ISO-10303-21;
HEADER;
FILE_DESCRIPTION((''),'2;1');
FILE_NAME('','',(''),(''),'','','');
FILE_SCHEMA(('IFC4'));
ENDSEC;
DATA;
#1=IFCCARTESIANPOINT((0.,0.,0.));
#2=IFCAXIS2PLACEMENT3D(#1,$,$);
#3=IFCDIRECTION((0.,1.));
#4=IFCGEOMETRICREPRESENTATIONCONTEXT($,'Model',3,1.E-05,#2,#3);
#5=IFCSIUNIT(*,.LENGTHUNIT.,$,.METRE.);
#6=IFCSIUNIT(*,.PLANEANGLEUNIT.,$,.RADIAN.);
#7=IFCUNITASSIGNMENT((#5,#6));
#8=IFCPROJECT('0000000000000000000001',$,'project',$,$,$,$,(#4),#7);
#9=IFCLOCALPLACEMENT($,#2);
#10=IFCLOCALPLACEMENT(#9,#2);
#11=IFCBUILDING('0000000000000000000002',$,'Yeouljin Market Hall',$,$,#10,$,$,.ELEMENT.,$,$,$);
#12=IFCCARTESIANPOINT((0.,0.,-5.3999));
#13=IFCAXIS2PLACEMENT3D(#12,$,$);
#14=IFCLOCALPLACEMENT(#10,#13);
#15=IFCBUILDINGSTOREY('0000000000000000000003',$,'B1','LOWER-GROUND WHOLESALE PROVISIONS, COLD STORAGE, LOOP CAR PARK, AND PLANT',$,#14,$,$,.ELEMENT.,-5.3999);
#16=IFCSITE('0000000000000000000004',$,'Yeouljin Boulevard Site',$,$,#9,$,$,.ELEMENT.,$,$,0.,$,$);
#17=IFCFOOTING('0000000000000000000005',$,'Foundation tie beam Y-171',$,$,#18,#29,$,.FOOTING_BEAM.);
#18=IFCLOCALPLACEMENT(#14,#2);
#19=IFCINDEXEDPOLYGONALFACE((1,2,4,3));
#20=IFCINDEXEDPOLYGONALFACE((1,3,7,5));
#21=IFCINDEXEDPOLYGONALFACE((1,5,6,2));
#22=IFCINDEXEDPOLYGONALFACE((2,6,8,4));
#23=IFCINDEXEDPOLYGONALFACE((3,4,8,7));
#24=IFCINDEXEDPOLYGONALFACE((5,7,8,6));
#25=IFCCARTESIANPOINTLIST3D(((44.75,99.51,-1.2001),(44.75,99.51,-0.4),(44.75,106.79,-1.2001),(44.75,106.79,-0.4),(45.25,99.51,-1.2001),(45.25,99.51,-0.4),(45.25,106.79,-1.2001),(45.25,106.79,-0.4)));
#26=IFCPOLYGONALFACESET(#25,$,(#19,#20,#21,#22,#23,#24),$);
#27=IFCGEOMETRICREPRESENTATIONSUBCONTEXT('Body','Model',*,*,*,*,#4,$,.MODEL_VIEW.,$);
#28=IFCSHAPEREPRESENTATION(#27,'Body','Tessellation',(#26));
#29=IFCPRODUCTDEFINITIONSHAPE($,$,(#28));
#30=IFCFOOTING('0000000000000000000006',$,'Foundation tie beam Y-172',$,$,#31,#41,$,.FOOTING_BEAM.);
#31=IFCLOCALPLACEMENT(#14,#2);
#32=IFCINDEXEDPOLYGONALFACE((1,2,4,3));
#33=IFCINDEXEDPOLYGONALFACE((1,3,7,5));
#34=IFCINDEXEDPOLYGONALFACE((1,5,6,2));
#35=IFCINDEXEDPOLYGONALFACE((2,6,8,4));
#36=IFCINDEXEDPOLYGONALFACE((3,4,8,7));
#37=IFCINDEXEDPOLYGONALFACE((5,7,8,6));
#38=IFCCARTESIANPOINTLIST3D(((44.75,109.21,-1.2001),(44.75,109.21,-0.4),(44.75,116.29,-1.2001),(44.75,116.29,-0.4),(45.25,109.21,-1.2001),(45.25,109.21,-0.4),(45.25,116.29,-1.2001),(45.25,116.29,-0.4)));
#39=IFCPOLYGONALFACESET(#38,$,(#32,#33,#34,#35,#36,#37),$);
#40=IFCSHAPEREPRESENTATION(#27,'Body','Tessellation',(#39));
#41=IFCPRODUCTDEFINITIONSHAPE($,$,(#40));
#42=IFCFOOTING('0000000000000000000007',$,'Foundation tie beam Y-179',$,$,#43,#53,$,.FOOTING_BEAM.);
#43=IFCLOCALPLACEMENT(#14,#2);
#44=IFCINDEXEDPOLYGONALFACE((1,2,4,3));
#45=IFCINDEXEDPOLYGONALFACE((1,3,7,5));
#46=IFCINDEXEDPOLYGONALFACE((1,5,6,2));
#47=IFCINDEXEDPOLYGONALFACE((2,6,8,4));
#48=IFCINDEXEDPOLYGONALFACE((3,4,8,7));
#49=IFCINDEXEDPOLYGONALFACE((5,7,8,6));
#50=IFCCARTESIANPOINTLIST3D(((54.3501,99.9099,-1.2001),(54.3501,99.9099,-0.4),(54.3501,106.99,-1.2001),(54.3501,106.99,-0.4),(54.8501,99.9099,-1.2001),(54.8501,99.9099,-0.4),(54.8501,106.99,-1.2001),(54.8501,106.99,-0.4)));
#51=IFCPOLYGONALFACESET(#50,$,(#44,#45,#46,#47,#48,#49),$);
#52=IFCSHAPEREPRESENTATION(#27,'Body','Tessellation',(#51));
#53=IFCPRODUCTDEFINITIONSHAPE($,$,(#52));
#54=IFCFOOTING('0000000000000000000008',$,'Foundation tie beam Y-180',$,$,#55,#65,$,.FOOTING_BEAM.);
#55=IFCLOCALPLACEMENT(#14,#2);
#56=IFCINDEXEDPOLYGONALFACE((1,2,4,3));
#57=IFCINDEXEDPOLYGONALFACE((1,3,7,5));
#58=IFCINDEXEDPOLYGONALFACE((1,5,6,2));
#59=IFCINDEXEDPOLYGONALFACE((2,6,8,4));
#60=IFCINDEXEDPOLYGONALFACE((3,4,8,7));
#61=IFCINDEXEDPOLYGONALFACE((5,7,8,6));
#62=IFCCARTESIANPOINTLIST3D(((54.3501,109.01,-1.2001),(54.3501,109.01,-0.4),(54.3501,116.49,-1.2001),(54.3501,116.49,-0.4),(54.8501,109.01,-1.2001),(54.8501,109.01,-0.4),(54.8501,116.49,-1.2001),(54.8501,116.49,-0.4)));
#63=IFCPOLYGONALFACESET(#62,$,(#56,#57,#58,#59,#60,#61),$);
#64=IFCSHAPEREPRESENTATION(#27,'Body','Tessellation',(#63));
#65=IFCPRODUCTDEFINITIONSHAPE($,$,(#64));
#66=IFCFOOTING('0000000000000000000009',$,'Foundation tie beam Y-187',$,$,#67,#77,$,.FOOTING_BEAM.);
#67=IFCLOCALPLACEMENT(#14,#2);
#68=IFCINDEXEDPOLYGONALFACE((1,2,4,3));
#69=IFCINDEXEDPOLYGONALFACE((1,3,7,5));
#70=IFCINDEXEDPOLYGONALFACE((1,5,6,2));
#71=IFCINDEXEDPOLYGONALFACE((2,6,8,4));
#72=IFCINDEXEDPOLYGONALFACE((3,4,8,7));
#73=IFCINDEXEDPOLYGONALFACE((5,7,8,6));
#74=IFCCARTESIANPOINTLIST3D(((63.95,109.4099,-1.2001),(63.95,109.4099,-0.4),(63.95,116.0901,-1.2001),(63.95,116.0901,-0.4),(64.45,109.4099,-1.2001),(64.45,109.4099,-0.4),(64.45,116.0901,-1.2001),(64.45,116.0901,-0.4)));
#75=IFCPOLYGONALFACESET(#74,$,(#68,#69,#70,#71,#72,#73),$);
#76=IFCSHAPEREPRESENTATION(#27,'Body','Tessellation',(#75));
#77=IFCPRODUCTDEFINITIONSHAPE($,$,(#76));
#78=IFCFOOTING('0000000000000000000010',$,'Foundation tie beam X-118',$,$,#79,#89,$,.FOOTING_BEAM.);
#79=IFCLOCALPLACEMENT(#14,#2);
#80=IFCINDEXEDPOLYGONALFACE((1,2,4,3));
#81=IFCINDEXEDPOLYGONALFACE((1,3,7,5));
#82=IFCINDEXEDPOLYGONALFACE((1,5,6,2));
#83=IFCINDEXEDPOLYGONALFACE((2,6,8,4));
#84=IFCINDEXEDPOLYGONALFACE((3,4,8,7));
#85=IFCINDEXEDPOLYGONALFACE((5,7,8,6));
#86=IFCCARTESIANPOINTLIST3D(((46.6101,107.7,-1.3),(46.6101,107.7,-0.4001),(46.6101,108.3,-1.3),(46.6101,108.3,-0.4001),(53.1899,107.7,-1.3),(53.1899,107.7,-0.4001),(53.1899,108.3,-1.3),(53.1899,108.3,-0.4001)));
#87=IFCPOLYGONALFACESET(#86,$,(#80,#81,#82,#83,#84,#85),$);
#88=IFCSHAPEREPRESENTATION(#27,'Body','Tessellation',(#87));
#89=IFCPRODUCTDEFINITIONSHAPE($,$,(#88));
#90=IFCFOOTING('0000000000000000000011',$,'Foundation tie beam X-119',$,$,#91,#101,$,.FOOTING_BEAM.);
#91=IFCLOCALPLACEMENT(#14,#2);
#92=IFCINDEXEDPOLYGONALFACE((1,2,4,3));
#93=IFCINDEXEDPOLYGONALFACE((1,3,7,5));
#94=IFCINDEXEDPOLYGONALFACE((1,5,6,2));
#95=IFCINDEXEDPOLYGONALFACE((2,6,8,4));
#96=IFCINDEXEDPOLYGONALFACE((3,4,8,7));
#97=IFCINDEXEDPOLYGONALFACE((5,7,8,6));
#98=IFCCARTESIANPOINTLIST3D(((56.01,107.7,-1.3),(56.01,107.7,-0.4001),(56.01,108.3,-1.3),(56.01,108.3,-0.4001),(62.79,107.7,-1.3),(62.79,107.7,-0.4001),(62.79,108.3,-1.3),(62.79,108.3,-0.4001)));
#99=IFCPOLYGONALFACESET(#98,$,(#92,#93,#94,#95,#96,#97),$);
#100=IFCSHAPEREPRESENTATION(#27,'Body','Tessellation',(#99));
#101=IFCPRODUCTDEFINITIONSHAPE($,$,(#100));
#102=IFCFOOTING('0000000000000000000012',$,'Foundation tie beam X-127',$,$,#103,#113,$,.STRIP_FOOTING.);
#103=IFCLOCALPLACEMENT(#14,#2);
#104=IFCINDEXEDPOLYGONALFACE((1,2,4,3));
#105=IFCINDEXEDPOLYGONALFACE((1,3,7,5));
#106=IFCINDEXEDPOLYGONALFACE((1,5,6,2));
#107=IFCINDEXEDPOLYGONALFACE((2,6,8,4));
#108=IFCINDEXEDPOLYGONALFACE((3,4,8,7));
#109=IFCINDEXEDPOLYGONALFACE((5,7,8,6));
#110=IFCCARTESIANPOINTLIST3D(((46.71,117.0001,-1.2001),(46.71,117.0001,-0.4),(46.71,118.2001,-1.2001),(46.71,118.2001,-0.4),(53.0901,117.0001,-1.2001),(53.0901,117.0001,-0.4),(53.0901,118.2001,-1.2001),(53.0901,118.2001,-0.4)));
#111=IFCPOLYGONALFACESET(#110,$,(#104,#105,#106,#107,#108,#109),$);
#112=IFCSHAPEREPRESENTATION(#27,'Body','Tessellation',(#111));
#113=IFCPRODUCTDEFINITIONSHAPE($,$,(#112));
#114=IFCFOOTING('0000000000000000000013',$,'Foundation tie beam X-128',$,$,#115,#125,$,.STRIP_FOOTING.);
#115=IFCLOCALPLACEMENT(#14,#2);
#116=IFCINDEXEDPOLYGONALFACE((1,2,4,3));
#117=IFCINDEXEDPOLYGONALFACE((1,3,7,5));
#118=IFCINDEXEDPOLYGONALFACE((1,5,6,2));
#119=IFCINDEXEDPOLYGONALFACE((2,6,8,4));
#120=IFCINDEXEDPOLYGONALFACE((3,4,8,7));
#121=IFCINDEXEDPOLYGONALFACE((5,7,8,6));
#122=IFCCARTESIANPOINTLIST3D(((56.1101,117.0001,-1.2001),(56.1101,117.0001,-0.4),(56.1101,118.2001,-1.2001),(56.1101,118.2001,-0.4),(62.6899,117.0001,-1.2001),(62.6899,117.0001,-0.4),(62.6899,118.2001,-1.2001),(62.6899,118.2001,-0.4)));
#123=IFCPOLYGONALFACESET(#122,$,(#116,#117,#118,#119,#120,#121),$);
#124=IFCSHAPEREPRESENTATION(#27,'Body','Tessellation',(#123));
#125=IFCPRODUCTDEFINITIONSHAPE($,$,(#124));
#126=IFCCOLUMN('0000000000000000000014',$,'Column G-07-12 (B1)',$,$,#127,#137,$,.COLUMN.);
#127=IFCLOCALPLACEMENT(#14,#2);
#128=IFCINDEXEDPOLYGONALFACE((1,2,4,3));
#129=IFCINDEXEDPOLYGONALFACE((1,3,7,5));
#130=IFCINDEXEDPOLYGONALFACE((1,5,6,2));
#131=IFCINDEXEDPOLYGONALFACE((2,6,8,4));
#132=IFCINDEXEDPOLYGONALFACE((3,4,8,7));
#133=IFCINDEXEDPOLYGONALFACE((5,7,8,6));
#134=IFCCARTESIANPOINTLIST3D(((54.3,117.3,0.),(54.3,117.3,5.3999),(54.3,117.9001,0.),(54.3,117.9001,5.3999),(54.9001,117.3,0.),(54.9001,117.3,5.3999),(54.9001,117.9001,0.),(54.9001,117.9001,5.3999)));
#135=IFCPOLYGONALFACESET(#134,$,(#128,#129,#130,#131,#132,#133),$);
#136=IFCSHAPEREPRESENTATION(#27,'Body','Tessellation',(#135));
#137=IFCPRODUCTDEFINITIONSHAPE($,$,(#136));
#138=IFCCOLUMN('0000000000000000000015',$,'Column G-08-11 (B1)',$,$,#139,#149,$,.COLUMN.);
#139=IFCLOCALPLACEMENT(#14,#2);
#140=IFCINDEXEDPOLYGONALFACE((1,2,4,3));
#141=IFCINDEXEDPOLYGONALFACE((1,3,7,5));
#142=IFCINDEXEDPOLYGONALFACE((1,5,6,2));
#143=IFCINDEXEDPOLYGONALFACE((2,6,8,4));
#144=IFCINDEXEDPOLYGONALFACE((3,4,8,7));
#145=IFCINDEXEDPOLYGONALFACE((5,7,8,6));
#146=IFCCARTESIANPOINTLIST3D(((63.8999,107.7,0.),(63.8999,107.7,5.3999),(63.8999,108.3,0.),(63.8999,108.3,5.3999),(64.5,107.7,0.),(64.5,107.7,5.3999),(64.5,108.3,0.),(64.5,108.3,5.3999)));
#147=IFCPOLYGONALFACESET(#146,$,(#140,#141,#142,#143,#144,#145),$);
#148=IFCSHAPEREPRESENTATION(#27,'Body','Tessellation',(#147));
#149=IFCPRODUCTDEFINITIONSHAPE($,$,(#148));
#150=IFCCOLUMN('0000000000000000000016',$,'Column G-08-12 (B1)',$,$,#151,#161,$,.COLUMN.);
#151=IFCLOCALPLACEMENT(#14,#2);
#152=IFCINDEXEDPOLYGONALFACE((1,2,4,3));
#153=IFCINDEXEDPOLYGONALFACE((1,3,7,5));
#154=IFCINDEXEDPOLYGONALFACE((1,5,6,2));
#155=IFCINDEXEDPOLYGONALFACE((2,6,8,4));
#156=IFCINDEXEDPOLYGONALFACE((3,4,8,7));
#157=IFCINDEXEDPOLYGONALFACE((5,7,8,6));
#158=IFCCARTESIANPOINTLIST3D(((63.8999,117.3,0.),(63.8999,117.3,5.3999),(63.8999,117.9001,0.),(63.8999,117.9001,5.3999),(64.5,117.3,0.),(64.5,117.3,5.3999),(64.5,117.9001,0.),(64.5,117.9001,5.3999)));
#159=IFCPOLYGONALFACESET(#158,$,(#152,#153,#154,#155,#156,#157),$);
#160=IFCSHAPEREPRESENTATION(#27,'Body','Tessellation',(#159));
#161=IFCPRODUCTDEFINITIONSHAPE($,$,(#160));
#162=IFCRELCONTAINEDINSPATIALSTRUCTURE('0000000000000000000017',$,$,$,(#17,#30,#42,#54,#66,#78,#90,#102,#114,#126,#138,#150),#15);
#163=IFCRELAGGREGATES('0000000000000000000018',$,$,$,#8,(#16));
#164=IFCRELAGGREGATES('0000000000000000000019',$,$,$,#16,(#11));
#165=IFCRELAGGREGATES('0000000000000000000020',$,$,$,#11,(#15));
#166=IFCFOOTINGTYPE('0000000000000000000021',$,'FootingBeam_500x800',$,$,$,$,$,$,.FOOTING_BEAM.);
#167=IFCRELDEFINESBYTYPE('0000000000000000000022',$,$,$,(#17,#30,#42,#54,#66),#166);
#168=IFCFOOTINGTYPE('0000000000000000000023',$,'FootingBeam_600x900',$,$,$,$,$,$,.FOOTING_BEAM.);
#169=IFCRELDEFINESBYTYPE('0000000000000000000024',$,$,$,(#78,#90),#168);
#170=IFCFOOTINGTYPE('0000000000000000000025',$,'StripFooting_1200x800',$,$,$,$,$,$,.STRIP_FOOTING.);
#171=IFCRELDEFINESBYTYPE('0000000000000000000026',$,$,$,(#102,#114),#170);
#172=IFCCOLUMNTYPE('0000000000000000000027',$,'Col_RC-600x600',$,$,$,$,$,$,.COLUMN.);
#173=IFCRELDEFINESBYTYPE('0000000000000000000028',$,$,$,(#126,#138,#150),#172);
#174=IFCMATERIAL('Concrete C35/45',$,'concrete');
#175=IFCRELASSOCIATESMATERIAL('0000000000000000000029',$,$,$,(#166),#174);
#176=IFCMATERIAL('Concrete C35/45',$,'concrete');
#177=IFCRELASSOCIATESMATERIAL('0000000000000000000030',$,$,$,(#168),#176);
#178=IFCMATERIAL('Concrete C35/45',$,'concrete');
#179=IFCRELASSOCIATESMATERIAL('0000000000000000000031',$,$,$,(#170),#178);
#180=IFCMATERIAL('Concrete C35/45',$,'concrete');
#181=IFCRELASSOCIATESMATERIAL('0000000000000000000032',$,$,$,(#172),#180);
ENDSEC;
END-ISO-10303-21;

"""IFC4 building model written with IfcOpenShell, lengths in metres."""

from ifc_helpers import new_model, si_unit, direction, frame, origin, origin_2d, place, context, subcontext, project, spatial, rectangle, extrude, material, material_profile, profile_set, type_object, element, save


model = new_model("IFC4")

# Units and contexts
model_context = context("Model", 3, precision=1e-05, world=origin(), true_north=direction((0.0, 1.0)))
body_context = subcontext(model_context, "Body", "Model", "MODEL_VIEW")
ifc_project = project(units=[si_unit("LENGTHUNIT", "METRE"), si_unit("PLANEANGLEUNIT", "RADIAN")], contexts=[model_context])

# Site, building, storey
site_placement = place(None, origin())
site = spatial("IfcSite", under=ifc_project, at=site_placement, Name="Yeouljin Boulevard Site", CompositionType="ELEMENT", RefElevation=0.0)
building_placement = place(site_placement, origin())
building = spatial("IfcBuilding", under=site, at=building_placement, Name="Yeouljin Market Hall", CompositionType="ELEMENT")
storey_placement = place(building_placement, frame((0.0, 0.0, -5.3999)))
storey = spatial("IfcBuildingStorey", under=building, at=storey_placement, Name="B1", Description="LOWER-GROUND WHOLESALE PROVISIONS, COLD STORAGE, LOOP CAR PARK, AND PLANT", CompositionType="ELEMENT", Elevation=-5.3999)

# Footings
ifc_material_1 = material(Name="Concrete C35/45", Category="concrete")
ifc_material_profile_1 = material_profile(ifc_material_1, rectangle(XDim=0.5, YDim=0.8, at=origin_2d()), Name="RC-500x800")
ifc_profile_set_1 = profile_set([ifc_material_profile_1], Name="Concrete C35/45")
footing_type_1 = type_object("IfcFootingType", Name="FootingBeam_500x800", PredefinedType="FOOTING_BEAM", material=ifc_profile_set_1)
footing_1_placement = place(storey_placement, frame((45.0, 99.51, -0.8), z_axis=(0.0, 1.0, 0.0), x_axis=(-1.0, 0.0, 0.0)))
element("IfcFooting", 1, at=footing_1_placement, inside=storey, type_object=footing_type_1, Name="Foundation tie beam Y-171", PredefinedType="FOOTING_BEAM", context=body_context, shape_type="SweptSolid", body=[
    extrude(rectangle(XDim=0.5, YDim=0.8, at=origin_2d()), origin(), (0.0, 0.0, 1.0), 7.28),
])
for number, where, z_axis, x_axis, name in (
    (2, (45.0, 109.21, -0.8), (0.0, 1.0, 0.0), (-1.0, 0.0, 0.0), "Foundation tie beam Y-172"),
    (3, (54.6001, 99.9099, -0.8), (0.0, 1.0, 0.0), (-1.0, 0.0, 0.0), "Foundation tie beam Y-179"),
):
    element("IfcFooting", number, at=place(storey_placement, frame(where, z_axis=z_axis, x_axis=x_axis)), inside=storey, type_object=footing_type_1, Name=name, PredefinedType="FOOTING_BEAM", context=body_context, shape_type="SweptSolid", body=[
        extrude(rectangle(XDim=0.5, YDim=0.8, at=origin_2d()), origin(), (0.0, 0.0, 1.0), 7.0801),
    ])
footing_2_placement = place(storey_placement, frame((54.6001, 109.01, -0.8), z_axis=(0.0, 1.0, 0.0), x_axis=(-1.0, 0.0, 0.0)))
element("IfcFooting", 4, at=footing_2_placement, inside=storey, type_object=footing_type_1, Name="Foundation tie beam Y-180", PredefinedType="FOOTING_BEAM", context=body_context, shape_type="SweptSolid", body=[
    extrude(rectangle(XDim=0.5, YDim=0.8, at=origin_2d()), origin(), (0.0, 0.0, 1.0), 7.48),
])
footing_3_placement = place(storey_placement, frame((64.2, 109.4099, -0.8), z_axis=(0.0, 1.0, 0.0), x_axis=(-1.0, 0.0, 0.0)))
element("IfcFooting", 5, at=footing_3_placement, inside=storey, type_object=footing_type_1, Name="Foundation tie beam Y-187", PredefinedType="FOOTING_BEAM", context=body_context, shape_type="SweptSolid", body=[
    extrude(rectangle(XDim=0.5, YDim=0.8, at=origin_2d()), origin(), (0.0, 0.0, 1.0), 6.6802),
])
ifc_material_2 = material(Name="Concrete C35/45", Category="concrete")
ifc_material_profile_2 = material_profile(ifc_material_2, rectangle(XDim=0.6001, YDim=0.8999, at=origin_2d()), Name="RC-600x900")
ifc_profile_set_2 = profile_set([ifc_material_profile_2], Name="Concrete C35/45")
footing_type_2 = type_object("IfcFootingType", Name="FootingBeam_600x900", PredefinedType="FOOTING_BEAM", material=ifc_profile_set_2)
footing_4_placement = place(storey_placement, frame((46.6101, 108.0, -0.8501), z_axis=(1.0, 0.0, 0.0), x_axis=(0.0, 1.0, 0.0)))
element("IfcFooting", 6, at=footing_4_placement, inside=storey, type_object=footing_type_2, Name="Foundation tie beam X-118", PredefinedType="FOOTING_BEAM", context=body_context, shape_type="SweptSolid", body=[
    extrude(rectangle(XDim=0.6001, YDim=0.8999, at=origin_2d()), origin(), (0.0, 0.0, 1.0), 6.5798),
])
footing_5_placement = place(storey_placement, frame((56.01, 108.0, -0.8501), z_axis=(1.0, 0.0, 0.0), x_axis=(0.0, 1.0, 0.0)))
element("IfcFooting", 7, at=footing_5_placement, inside=storey, type_object=footing_type_2, Name="Foundation tie beam X-119", PredefinedType="FOOTING_BEAM", context=body_context, shape_type="SweptSolid", body=[
    extrude(rectangle(XDim=0.6001, YDim=0.8999, at=origin_2d()), origin(), (0.0, 0.0, 1.0), 6.78),
])
ifc_material_3 = material(Name="Concrete C35/45", Category="concrete")
ifc_material_profile_3 = material_profile(ifc_material_3, rectangle(XDim=1.2, YDim=0.8, at=origin_2d()), Name="SF-1200x800")
ifc_profile_set_3 = profile_set([ifc_material_profile_3], Name="Concrete C35/45")
footing_type_3 = type_object("IfcFootingType", Name="StripFooting_1200x800", PredefinedType="STRIP_FOOTING", material=ifc_profile_set_3)
footing_6_placement = place(storey_placement, frame((46.71, 117.6001, -0.8), z_axis=(1.0, 0.0, 0.0), x_axis=(0.0, 1.0, 0.0)))
element("IfcFooting", 8, at=footing_6_placement, inside=storey, type_object=footing_type_3, Name="Foundation tie beam X-127", PredefinedType="STRIP_FOOTING", context=body_context, shape_type="SweptSolid", body=[
    extrude(rectangle(XDim=1.2, YDim=0.8, at=origin_2d()), origin(), (0.0, 0.0, 1.0), 6.3801),
])
footing_7_placement = place(storey_placement, frame((56.1101, 117.6001, -0.8), z_axis=(1.0, 0.0, 0.0), x_axis=(0.0, 1.0, 0.0)))
element("IfcFooting", 9, at=footing_7_placement, inside=storey, type_object=footing_type_3, Name="Foundation tie beam X-128", PredefinedType="STRIP_FOOTING", context=body_context, shape_type="SweptSolid", body=[
    extrude(rectangle(XDim=1.2, YDim=0.8, at=origin_2d()), origin(), (0.0, 0.0, 1.0), 6.5798),
])

# Columns
ifc_material_4 = material(Name="Concrete C35/45", Category="concrete")
ifc_material_profile_4 = material_profile(ifc_material_4, rectangle(XDim=0.6001, YDim=0.6001, at=origin_2d()), Name="RC-600x600")
ifc_profile_set_4 = profile_set([ifc_material_profile_4], Name="Concrete C35/45")
column_type_1 = type_object("IfcColumnType", Name="Col_RC-600x600", PredefinedType="COLUMN", material=ifc_profile_set_4)
for number, where, z_axis, x_axis, name in (
    (10, (54.6001, 117.6001, 0.0), (0.0, 0.0, 1.0), (1.0, 0.0, 0.0), "Column G-07-12 (B1)"),
    (11, (64.2, 108.0, 0.0), (0.0, 0.0, 1.0), (1.0, 0.0, 0.0), "Column G-08-11 (B1)"),
    (12, (64.2, 117.6001, 0.0), (0.0, 0.0, 1.0), (1.0, 0.0, 0.0), "Column G-08-12 (B1)"),
):
    element("IfcColumn", number, at=place(storey_placement, frame(where, z_axis=z_axis, x_axis=x_axis)), inside=storey, type_object=column_type_1, Name=name, PredefinedType="COLUMN", context=body_context, shape_type="SweptSolid", body=[
        extrude(rectangle(XDim=0.6001, YDim=0.6001, at=origin_2d()), origin(), (0.0, 0.0, 1.0), 5.3999),
    ])

save(model, "model.ifc")
